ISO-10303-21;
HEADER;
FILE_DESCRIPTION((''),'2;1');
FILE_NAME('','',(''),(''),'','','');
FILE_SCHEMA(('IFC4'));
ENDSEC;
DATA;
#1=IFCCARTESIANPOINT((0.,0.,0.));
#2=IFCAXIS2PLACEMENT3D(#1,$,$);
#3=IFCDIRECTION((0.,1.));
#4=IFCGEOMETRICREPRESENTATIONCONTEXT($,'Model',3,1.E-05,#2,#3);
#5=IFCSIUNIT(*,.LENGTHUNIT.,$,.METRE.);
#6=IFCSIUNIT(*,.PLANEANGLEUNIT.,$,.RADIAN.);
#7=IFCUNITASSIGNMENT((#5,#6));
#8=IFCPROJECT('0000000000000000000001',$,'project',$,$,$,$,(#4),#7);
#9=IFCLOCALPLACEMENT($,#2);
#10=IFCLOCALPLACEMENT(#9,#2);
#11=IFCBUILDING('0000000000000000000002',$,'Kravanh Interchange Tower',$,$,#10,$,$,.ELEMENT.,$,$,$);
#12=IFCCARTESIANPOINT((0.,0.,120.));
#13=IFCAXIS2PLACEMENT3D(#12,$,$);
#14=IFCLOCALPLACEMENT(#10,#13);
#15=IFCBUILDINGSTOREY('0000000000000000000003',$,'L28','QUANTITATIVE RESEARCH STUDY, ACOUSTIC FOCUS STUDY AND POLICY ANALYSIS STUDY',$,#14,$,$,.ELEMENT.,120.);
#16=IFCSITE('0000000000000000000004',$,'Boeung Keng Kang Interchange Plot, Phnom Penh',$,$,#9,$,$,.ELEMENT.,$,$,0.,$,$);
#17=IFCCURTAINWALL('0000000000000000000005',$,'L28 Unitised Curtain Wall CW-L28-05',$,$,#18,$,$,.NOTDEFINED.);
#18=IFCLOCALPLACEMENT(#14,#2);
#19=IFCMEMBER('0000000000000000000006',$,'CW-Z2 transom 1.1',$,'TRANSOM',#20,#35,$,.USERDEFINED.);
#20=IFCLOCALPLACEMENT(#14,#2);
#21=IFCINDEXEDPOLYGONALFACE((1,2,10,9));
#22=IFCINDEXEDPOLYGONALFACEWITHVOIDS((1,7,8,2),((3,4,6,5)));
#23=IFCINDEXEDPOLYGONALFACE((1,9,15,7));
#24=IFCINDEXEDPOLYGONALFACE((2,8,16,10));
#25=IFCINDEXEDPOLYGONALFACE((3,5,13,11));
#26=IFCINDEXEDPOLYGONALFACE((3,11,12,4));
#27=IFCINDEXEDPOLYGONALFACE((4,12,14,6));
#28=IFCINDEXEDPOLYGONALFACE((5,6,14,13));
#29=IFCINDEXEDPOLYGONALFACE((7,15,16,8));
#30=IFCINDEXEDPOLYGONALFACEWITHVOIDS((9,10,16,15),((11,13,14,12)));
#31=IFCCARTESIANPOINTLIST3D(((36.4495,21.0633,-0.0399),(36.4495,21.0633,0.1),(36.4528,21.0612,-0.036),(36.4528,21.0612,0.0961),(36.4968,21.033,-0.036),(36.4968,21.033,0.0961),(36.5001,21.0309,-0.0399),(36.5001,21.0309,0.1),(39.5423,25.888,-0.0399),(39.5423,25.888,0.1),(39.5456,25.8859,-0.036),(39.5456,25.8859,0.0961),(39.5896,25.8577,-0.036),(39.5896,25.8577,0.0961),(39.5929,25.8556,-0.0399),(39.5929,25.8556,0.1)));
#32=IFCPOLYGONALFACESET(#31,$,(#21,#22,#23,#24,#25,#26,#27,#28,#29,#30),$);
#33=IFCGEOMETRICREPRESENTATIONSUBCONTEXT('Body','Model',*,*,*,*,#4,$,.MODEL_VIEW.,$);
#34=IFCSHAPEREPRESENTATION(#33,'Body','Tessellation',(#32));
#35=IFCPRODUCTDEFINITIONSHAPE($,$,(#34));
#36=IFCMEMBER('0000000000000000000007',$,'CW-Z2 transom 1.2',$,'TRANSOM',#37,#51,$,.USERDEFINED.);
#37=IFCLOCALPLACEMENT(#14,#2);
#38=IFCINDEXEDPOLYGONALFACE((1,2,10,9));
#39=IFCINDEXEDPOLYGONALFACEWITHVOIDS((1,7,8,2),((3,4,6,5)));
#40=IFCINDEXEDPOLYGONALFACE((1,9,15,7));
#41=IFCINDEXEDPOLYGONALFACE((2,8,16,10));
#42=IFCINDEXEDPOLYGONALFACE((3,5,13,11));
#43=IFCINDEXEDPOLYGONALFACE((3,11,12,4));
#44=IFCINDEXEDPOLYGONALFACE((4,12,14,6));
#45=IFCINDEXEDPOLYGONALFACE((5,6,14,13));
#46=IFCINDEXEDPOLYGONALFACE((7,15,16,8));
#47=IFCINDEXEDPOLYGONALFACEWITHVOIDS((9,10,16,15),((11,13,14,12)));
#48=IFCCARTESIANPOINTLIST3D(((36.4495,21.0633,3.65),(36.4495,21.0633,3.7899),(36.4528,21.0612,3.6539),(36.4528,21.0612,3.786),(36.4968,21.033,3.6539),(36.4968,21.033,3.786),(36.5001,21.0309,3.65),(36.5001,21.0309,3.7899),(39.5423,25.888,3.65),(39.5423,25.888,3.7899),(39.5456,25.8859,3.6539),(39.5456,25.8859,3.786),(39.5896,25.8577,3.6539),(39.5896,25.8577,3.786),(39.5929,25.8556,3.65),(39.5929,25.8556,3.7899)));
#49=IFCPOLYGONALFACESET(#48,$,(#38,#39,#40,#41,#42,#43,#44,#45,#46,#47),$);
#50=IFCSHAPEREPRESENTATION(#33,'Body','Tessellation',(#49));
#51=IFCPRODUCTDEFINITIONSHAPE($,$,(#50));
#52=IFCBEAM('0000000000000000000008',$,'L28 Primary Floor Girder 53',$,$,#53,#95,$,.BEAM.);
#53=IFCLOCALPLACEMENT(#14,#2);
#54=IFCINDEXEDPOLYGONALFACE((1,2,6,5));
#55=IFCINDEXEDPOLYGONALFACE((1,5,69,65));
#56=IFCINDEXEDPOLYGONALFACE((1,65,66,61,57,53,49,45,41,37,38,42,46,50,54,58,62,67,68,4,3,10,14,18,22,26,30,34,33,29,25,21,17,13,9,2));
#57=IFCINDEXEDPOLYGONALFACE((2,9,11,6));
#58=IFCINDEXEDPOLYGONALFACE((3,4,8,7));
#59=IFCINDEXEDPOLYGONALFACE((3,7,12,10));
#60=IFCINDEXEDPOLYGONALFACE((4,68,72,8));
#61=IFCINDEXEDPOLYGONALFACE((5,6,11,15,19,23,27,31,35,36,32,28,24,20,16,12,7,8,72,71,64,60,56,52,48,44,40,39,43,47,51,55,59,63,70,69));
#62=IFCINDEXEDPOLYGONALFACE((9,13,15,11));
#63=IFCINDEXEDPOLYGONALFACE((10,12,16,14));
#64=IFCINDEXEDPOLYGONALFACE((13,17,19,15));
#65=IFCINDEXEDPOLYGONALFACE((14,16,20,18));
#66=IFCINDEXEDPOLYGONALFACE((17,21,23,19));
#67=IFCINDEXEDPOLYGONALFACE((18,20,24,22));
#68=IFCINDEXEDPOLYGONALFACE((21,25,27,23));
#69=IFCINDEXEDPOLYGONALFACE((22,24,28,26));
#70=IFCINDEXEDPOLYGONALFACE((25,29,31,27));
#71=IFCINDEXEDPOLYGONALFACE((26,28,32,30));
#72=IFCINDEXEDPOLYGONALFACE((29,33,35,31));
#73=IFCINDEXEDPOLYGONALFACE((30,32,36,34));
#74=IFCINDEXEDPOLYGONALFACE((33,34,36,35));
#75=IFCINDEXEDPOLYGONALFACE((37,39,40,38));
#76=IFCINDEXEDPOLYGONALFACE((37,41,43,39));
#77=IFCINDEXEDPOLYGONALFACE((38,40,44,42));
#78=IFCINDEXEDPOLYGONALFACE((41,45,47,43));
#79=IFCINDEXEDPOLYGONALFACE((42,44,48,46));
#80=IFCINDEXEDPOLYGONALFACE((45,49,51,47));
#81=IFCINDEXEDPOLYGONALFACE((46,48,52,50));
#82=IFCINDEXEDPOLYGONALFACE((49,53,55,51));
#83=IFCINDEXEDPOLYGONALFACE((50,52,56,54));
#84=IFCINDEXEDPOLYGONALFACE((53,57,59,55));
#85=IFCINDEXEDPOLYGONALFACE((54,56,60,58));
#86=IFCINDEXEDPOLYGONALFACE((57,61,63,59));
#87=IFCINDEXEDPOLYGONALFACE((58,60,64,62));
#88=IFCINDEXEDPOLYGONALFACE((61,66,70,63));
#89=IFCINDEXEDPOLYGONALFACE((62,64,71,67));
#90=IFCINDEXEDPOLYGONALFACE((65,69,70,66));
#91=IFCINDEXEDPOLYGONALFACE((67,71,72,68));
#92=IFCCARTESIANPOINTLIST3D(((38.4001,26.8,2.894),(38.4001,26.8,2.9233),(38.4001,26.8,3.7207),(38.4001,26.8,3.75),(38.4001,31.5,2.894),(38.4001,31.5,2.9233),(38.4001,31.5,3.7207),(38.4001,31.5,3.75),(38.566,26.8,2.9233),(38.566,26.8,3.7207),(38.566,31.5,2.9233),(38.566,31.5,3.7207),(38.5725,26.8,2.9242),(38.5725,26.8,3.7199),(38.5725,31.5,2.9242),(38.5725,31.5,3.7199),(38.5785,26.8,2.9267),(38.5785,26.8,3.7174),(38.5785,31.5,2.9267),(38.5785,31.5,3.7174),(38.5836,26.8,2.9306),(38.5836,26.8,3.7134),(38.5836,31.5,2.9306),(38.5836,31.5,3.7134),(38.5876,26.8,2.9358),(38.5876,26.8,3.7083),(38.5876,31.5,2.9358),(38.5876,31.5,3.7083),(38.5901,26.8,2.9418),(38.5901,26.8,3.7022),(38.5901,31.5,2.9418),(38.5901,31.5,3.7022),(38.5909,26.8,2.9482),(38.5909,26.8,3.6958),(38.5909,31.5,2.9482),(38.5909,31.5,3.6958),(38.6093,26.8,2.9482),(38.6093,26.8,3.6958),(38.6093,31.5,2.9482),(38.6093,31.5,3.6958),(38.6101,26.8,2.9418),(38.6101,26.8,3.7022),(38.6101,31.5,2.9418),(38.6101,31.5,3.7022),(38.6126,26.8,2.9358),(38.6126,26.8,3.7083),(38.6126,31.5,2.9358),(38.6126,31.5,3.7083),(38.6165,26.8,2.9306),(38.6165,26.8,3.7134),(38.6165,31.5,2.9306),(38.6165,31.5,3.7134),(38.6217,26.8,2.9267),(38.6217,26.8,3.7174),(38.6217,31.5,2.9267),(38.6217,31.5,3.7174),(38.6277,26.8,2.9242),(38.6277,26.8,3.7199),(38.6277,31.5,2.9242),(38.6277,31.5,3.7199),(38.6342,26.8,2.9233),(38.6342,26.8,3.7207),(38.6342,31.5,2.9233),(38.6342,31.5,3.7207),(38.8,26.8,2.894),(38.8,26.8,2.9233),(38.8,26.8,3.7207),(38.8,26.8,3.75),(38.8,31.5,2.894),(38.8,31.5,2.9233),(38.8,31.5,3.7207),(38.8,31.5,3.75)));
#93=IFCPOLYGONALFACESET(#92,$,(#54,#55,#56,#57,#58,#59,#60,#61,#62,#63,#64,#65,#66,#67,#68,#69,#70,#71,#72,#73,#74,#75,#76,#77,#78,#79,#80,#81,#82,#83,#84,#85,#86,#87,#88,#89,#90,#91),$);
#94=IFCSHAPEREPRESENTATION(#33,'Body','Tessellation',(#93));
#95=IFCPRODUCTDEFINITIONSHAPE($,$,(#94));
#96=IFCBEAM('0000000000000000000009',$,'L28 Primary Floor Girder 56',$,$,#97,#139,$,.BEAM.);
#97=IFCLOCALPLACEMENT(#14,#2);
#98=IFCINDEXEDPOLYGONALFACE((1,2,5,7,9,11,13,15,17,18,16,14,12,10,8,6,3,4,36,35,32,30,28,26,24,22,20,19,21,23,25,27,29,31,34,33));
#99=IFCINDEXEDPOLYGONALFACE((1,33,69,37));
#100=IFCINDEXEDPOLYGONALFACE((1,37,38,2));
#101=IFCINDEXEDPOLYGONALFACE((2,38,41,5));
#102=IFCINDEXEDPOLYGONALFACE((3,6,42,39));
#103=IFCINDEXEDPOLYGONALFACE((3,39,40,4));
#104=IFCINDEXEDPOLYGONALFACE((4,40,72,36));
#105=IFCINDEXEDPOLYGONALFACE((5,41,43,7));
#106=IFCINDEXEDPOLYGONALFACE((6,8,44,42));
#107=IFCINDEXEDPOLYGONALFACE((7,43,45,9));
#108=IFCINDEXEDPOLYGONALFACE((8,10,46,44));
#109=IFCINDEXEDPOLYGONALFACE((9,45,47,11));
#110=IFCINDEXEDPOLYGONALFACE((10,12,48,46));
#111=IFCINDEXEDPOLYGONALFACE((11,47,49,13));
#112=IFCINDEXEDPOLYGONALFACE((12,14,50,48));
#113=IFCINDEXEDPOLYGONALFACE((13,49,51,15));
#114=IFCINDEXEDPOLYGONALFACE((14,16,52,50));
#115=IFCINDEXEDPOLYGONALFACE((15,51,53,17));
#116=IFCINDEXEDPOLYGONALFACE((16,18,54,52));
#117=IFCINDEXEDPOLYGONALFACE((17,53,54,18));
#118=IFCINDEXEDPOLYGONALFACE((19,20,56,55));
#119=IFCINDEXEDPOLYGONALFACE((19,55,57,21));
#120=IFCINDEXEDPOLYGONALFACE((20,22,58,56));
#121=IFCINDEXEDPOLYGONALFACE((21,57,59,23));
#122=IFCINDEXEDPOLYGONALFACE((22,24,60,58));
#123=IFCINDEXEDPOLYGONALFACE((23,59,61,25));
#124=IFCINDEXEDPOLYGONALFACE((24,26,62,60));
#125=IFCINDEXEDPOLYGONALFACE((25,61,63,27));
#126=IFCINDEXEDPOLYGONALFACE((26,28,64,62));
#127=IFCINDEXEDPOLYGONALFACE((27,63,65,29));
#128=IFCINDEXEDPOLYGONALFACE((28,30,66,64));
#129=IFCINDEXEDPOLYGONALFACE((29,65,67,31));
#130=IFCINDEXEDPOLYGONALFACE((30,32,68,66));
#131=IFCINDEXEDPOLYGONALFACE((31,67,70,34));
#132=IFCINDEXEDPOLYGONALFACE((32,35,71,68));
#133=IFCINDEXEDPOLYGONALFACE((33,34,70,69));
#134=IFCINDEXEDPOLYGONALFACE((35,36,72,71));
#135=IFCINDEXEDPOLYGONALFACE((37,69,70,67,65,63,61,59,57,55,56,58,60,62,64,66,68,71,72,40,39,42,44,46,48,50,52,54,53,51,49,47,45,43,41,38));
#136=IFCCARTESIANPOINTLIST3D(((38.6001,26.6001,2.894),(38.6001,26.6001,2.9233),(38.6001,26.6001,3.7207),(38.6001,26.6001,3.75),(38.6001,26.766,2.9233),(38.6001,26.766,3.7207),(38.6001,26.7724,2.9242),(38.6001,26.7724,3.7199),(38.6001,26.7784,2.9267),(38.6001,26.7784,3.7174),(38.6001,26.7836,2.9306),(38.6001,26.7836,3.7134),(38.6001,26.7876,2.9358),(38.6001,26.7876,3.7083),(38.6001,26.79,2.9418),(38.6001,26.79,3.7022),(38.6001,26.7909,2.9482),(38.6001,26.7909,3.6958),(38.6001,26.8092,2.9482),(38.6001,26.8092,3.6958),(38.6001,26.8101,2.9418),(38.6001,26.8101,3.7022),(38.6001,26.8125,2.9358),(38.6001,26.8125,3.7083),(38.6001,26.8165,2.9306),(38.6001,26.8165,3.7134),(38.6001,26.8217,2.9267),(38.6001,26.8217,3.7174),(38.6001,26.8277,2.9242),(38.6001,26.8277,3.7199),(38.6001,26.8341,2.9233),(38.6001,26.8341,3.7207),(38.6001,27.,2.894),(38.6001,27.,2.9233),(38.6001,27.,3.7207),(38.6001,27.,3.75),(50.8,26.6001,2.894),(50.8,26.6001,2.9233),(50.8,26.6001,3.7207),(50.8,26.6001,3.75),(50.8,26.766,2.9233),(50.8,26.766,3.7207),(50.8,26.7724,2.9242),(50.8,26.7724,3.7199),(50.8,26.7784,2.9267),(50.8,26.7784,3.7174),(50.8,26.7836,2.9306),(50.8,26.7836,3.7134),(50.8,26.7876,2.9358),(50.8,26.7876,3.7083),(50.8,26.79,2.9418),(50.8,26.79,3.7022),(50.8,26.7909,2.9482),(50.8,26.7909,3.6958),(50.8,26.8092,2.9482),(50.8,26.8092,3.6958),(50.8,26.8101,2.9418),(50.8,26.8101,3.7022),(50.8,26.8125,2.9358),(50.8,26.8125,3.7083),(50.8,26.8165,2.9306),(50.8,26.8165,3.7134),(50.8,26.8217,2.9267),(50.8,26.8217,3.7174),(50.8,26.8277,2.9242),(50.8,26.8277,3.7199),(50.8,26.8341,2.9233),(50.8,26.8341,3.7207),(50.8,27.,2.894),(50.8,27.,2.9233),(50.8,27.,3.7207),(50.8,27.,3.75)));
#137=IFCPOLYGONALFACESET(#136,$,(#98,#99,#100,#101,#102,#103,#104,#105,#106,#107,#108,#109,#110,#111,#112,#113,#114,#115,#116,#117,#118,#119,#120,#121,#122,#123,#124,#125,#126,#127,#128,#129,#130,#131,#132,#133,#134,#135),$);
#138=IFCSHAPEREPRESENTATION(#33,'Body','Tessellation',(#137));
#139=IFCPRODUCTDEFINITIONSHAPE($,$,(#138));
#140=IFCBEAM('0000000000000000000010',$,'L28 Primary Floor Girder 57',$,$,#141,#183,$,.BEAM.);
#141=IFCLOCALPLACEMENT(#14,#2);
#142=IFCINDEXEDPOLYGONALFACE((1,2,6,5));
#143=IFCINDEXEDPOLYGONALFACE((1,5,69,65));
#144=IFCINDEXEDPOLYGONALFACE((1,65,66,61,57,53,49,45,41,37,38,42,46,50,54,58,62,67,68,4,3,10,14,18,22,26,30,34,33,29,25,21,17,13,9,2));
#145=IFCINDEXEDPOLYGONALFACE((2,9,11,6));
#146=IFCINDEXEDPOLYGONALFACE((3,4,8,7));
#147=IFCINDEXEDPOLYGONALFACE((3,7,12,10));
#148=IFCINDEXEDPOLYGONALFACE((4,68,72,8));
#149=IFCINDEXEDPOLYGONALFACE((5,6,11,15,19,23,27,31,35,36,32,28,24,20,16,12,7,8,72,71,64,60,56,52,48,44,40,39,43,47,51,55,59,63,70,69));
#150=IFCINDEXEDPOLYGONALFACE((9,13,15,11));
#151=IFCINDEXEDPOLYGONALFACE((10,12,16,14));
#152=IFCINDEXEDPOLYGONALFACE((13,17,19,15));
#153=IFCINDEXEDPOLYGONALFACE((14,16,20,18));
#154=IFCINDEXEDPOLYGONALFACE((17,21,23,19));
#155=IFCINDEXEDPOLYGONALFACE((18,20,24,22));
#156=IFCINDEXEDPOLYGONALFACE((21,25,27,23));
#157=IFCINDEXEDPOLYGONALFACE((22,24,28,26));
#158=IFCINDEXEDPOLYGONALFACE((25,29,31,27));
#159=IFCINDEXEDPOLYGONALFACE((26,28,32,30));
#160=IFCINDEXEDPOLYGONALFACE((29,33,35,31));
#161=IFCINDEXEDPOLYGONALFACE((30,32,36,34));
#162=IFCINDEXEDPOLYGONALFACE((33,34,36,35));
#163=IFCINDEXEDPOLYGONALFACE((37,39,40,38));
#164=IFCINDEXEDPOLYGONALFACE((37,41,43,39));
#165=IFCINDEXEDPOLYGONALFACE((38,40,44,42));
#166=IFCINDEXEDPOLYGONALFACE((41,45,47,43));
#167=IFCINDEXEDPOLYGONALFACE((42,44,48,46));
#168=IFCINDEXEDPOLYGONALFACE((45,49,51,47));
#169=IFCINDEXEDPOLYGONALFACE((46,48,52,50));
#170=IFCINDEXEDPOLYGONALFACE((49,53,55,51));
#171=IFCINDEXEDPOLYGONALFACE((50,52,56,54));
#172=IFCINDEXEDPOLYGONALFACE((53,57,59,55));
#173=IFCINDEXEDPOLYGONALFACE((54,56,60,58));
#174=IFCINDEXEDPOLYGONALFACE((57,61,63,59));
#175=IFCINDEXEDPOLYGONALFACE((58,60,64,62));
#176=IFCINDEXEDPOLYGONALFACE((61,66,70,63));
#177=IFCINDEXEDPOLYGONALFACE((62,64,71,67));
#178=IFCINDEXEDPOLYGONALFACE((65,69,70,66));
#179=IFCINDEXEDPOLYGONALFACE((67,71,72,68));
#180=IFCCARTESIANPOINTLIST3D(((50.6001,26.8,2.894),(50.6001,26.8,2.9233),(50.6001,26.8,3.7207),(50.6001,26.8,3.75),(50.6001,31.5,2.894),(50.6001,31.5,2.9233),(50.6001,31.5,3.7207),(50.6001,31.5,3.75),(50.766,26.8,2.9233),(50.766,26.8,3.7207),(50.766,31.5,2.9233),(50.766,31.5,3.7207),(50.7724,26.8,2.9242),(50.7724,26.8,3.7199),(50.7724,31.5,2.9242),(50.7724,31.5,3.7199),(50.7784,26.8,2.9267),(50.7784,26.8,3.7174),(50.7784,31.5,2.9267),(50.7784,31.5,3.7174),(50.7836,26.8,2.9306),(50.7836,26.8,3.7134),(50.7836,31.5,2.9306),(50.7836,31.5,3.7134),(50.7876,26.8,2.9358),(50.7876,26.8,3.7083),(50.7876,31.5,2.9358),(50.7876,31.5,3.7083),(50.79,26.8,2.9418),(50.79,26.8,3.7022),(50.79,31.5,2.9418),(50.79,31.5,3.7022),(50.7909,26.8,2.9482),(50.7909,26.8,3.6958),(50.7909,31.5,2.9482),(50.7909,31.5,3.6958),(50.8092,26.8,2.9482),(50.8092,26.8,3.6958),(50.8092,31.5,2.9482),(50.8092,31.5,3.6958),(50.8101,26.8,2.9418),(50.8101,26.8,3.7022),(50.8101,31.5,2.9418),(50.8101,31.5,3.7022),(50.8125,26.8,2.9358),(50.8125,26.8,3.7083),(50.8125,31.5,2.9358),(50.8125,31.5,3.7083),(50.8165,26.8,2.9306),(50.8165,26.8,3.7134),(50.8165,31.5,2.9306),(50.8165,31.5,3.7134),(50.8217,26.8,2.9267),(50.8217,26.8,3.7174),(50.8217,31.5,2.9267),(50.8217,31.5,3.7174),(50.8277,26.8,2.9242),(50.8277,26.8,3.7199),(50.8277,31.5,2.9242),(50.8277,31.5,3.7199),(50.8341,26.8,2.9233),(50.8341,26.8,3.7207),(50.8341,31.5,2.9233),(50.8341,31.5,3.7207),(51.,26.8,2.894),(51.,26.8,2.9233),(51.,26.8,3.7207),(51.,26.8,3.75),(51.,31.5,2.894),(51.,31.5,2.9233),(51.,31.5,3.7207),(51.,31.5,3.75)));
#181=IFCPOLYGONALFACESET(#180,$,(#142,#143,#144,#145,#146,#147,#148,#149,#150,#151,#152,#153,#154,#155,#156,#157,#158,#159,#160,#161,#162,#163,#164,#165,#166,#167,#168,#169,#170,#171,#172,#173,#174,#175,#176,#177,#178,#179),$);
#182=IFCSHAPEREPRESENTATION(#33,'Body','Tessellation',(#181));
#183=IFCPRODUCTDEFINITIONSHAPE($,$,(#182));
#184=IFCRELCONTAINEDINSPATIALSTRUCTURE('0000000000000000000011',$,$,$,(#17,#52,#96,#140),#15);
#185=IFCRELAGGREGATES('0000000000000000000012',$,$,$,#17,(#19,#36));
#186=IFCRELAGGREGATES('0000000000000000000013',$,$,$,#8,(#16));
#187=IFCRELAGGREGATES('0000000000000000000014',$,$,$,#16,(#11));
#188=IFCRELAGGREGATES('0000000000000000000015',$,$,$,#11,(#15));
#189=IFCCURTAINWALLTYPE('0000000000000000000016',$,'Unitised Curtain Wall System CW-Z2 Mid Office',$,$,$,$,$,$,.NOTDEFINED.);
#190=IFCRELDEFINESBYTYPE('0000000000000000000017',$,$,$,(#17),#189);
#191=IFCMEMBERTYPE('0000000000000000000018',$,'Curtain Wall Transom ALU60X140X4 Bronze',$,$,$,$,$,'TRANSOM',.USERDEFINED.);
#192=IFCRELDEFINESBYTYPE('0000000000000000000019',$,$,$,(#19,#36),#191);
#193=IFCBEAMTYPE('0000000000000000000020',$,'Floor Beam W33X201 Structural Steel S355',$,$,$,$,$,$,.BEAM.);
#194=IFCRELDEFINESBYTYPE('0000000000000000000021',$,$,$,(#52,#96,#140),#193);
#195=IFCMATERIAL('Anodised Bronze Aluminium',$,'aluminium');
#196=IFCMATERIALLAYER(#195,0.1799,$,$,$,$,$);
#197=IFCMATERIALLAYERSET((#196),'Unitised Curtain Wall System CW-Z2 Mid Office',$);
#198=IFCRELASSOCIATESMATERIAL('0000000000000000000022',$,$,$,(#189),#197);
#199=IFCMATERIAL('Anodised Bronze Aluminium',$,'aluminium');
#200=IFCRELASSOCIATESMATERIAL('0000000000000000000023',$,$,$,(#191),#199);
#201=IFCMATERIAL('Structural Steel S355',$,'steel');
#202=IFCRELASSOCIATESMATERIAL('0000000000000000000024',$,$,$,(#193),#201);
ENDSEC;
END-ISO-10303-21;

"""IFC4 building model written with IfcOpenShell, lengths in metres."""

from ifc_helpers import new_model, si_unit, direction, frame, origin, origin_2d, place, context, subcontext, project, spatial, hollow_rectangle, i_section, extrude, material, layer, layer_set, material_profile, profile_set, type_object, element, aggregate, save


model = new_model("IFC4")

# Units and contexts
model_context = context("Model", 3, precision=1e-05, world=origin(), true_north=direction((0.0, 1.0)))
body_context = subcontext(model_context, "Body", "Model", "MODEL_VIEW")
ifc_project = project(units=[si_unit("LENGTHUNIT", "METRE"), si_unit("PLANEANGLEUNIT", "RADIAN")], contexts=[model_context])

# Site, building, storey
site_placement = place(None, origin())
site = spatial("IfcSite", under=ifc_project, at=site_placement, Name="Boeung Keng Kang Interchange Plot, Phnom Penh", CompositionType="ELEMENT", RefElevation=0.0)
building_placement = place(site_placement, origin())
building = spatial("IfcBuilding", under=site, at=building_placement, Name="Kravanh Interchange Tower", CompositionType="ELEMENT")
storey_placement = place(building_placement, frame((0.0, 0.0, 120.0)))
storey = spatial("IfcBuildingStorey", under=building, at=storey_placement, Name="L28", Description="QUANTITATIVE RESEARCH STUDY, ACOUSTIC FOCUS STUDY AND POLICY ANALYSIS STUDY", CompositionType="ELEMENT", Elevation=120.0)

# Shared definitions
ifc_material_1 = material(Name="Anodised Bronze Aluminium", Category="aluminium")
ifc_layer_1 = layer(ifc_material_1, 0.1799)
ifc_layer_set_1 = layer_set([ifc_layer_1], Name="Unitised Curtain Wall System CW-Z2 Mid Office")
curtain_wall_type = type_object("IfcCurtainWallType", Name="Unitised Curtain Wall System CW-Z2 Mid Office", PredefinedType="NOTDEFINED", material=ifc_layer_set_1)

# Curtain wall
curtain_wall_1_placement = place(storey_placement, origin())
curtain_wall_1 = element("IfcCurtainWall", 1, at=curtain_wall_1_placement, inside=storey, type_object=curtain_wall_type, Name="L28 Unitised Curtain Wall CW-L28-05", PredefinedType="NOTDEFINED")

# Members
ifc_material_2 = material(Name="Anodised Bronze Aluminium", Category="aluminium")
ifc_material_profile_1 = material_profile(ifc_material_2, hollow_rectangle(XDim=0.0601, YDim=0.1399, WallThickness=0.0039, at=origin_2d()), Name="ALU60X140X4")
ifc_profile_set_1 = profile_set([ifc_material_profile_1], Name="Anodised Bronze Aluminium")
member_type_1 = type_object("IfcMemberType", Name="Curtain Wall Transom ALU60X140X4 Bronze", ElementType="TRANSOM", PredefinedType="USERDEFINED", material=ifc_profile_set_1)
member_1_placement = place(storey_placement, frame((39.5676, 25.8718, 0.03), z_axis=(-0.539668, -0.841878, 0.0), x_axis=(0.841878, -0.539668, 0.0)))
member_1 = element("IfcMember", 2, at=member_1_placement, type_object=member_type_1, Name="CW-Z2 transom 1.1", ObjectType="TRANSOM", PredefinedType="USERDEFINED", context=body_context, shape_type="SweptSolid", body=[
    extrude(hollow_rectangle(XDim=0.0601, YDim=0.1399, WallThickness=0.0039, at=origin_2d()), origin(), (0.0, 0.0, 1.0), 5.731),
])
member_2_placement = place(storey_placement, frame((39.5676, 25.8718, 3.72), z_axis=(-0.539668, -0.841878, 0.0), x_axis=(0.841878, -0.539668, 0.0)))
member_2 = element("IfcMember", 3, at=member_2_placement, type_object=member_type_1, Name="CW-Z2 transom 1.2", ObjectType="TRANSOM", PredefinedType="USERDEFINED", context=body_context, shape_type="SweptSolid", body=[
    extrude(hollow_rectangle(XDim=0.0601, YDim=0.1399, WallThickness=0.0039, at=origin_2d()), origin(), (0.0, 0.0, 1.0), 5.731),
])
aggregate(curtain_wall_1, [member_1, member_2])

# Beams
ifc_material_3 = material(Name="Structural Steel S355", Category="steel")
ifc_material_profile_2 = material_profile(ifc_material_3, i_section(OverallWidth=0.3999, OverallDepth=0.856, WebThickness=0.0183, FlangeThickness=0.0293, FilletRadius=0.0249, at=origin_2d()), Name="W33X201")
ifc_profile_set_2 = profile_set([ifc_material_profile_2], Name="Structural Steel S355")
beam_type_1 = type_object("IfcBeamType", Name="Floor Beam W33X201 Structural Steel S355", PredefinedType="BEAM", material=ifc_profile_set_2)
beam_1_placement = place(storey_placement, frame((38.6001, 26.8, 3.322), z_axis=(0.0, 1.0, 0.0), x_axis=(-1.0, 0.0, 0.0)))
element("IfcBeam", 4, at=beam_1_placement, inside=storey, type_object=beam_type_1, Name="L28 Primary Floor Girder 53", PredefinedType="BEAM", context=body_context, shape_type="SweptSolid", body=[
    extrude(i_section(OverallWidth=0.3999, OverallDepth=0.856, WebThickness=0.0183, FlangeThickness=0.0293, FilletRadius=0.0249, at=origin_2d()), origin(), (0.0, 0.0, 1.0), 4.7),
])
beam_2_placement = place(storey_placement, frame((38.6001, 26.8, 3.322), z_axis=(1.0, 0.0, 0.0), x_axis=(0.0, 1.0, 0.0)))
element("IfcBeam", 5, at=beam_2_placement, inside=storey, type_object=beam_type_1, Name="L28 Primary Floor Girder 56", PredefinedType="BEAM", context=body_context, shape_type="SweptSolid", body=[
    extrude(i_section(OverallWidth=0.3999, OverallDepth=0.856, WebThickness=0.0183, FlangeThickness=0.0293, FilletRadius=0.0249, at=origin_2d()), origin(), (0.0, 0.0, 1.0), 12.2),
])
beam_3_placement = place(storey_placement, frame((50.8, 26.8, 3.322), z_axis=(0.0, 1.0, 0.0), x_axis=(-1.0, 0.0, 0.0)))
element("IfcBeam", 6, at=beam_3_placement, inside=storey, type_object=beam_type_1, Name="L28 Primary Floor Girder 57", PredefinedType="BEAM", context=body_context, shape_type="SweptSolid", body=[
    extrude(i_section(OverallWidth=0.3999, OverallDepth=0.856, WebThickness=0.0183, FlangeThickness=0.0293, FilletRadius=0.0249, at=origin_2d()), origin(), (0.0, 0.0, 1.0), 4.7),
])

save(model, "model.ifc")
